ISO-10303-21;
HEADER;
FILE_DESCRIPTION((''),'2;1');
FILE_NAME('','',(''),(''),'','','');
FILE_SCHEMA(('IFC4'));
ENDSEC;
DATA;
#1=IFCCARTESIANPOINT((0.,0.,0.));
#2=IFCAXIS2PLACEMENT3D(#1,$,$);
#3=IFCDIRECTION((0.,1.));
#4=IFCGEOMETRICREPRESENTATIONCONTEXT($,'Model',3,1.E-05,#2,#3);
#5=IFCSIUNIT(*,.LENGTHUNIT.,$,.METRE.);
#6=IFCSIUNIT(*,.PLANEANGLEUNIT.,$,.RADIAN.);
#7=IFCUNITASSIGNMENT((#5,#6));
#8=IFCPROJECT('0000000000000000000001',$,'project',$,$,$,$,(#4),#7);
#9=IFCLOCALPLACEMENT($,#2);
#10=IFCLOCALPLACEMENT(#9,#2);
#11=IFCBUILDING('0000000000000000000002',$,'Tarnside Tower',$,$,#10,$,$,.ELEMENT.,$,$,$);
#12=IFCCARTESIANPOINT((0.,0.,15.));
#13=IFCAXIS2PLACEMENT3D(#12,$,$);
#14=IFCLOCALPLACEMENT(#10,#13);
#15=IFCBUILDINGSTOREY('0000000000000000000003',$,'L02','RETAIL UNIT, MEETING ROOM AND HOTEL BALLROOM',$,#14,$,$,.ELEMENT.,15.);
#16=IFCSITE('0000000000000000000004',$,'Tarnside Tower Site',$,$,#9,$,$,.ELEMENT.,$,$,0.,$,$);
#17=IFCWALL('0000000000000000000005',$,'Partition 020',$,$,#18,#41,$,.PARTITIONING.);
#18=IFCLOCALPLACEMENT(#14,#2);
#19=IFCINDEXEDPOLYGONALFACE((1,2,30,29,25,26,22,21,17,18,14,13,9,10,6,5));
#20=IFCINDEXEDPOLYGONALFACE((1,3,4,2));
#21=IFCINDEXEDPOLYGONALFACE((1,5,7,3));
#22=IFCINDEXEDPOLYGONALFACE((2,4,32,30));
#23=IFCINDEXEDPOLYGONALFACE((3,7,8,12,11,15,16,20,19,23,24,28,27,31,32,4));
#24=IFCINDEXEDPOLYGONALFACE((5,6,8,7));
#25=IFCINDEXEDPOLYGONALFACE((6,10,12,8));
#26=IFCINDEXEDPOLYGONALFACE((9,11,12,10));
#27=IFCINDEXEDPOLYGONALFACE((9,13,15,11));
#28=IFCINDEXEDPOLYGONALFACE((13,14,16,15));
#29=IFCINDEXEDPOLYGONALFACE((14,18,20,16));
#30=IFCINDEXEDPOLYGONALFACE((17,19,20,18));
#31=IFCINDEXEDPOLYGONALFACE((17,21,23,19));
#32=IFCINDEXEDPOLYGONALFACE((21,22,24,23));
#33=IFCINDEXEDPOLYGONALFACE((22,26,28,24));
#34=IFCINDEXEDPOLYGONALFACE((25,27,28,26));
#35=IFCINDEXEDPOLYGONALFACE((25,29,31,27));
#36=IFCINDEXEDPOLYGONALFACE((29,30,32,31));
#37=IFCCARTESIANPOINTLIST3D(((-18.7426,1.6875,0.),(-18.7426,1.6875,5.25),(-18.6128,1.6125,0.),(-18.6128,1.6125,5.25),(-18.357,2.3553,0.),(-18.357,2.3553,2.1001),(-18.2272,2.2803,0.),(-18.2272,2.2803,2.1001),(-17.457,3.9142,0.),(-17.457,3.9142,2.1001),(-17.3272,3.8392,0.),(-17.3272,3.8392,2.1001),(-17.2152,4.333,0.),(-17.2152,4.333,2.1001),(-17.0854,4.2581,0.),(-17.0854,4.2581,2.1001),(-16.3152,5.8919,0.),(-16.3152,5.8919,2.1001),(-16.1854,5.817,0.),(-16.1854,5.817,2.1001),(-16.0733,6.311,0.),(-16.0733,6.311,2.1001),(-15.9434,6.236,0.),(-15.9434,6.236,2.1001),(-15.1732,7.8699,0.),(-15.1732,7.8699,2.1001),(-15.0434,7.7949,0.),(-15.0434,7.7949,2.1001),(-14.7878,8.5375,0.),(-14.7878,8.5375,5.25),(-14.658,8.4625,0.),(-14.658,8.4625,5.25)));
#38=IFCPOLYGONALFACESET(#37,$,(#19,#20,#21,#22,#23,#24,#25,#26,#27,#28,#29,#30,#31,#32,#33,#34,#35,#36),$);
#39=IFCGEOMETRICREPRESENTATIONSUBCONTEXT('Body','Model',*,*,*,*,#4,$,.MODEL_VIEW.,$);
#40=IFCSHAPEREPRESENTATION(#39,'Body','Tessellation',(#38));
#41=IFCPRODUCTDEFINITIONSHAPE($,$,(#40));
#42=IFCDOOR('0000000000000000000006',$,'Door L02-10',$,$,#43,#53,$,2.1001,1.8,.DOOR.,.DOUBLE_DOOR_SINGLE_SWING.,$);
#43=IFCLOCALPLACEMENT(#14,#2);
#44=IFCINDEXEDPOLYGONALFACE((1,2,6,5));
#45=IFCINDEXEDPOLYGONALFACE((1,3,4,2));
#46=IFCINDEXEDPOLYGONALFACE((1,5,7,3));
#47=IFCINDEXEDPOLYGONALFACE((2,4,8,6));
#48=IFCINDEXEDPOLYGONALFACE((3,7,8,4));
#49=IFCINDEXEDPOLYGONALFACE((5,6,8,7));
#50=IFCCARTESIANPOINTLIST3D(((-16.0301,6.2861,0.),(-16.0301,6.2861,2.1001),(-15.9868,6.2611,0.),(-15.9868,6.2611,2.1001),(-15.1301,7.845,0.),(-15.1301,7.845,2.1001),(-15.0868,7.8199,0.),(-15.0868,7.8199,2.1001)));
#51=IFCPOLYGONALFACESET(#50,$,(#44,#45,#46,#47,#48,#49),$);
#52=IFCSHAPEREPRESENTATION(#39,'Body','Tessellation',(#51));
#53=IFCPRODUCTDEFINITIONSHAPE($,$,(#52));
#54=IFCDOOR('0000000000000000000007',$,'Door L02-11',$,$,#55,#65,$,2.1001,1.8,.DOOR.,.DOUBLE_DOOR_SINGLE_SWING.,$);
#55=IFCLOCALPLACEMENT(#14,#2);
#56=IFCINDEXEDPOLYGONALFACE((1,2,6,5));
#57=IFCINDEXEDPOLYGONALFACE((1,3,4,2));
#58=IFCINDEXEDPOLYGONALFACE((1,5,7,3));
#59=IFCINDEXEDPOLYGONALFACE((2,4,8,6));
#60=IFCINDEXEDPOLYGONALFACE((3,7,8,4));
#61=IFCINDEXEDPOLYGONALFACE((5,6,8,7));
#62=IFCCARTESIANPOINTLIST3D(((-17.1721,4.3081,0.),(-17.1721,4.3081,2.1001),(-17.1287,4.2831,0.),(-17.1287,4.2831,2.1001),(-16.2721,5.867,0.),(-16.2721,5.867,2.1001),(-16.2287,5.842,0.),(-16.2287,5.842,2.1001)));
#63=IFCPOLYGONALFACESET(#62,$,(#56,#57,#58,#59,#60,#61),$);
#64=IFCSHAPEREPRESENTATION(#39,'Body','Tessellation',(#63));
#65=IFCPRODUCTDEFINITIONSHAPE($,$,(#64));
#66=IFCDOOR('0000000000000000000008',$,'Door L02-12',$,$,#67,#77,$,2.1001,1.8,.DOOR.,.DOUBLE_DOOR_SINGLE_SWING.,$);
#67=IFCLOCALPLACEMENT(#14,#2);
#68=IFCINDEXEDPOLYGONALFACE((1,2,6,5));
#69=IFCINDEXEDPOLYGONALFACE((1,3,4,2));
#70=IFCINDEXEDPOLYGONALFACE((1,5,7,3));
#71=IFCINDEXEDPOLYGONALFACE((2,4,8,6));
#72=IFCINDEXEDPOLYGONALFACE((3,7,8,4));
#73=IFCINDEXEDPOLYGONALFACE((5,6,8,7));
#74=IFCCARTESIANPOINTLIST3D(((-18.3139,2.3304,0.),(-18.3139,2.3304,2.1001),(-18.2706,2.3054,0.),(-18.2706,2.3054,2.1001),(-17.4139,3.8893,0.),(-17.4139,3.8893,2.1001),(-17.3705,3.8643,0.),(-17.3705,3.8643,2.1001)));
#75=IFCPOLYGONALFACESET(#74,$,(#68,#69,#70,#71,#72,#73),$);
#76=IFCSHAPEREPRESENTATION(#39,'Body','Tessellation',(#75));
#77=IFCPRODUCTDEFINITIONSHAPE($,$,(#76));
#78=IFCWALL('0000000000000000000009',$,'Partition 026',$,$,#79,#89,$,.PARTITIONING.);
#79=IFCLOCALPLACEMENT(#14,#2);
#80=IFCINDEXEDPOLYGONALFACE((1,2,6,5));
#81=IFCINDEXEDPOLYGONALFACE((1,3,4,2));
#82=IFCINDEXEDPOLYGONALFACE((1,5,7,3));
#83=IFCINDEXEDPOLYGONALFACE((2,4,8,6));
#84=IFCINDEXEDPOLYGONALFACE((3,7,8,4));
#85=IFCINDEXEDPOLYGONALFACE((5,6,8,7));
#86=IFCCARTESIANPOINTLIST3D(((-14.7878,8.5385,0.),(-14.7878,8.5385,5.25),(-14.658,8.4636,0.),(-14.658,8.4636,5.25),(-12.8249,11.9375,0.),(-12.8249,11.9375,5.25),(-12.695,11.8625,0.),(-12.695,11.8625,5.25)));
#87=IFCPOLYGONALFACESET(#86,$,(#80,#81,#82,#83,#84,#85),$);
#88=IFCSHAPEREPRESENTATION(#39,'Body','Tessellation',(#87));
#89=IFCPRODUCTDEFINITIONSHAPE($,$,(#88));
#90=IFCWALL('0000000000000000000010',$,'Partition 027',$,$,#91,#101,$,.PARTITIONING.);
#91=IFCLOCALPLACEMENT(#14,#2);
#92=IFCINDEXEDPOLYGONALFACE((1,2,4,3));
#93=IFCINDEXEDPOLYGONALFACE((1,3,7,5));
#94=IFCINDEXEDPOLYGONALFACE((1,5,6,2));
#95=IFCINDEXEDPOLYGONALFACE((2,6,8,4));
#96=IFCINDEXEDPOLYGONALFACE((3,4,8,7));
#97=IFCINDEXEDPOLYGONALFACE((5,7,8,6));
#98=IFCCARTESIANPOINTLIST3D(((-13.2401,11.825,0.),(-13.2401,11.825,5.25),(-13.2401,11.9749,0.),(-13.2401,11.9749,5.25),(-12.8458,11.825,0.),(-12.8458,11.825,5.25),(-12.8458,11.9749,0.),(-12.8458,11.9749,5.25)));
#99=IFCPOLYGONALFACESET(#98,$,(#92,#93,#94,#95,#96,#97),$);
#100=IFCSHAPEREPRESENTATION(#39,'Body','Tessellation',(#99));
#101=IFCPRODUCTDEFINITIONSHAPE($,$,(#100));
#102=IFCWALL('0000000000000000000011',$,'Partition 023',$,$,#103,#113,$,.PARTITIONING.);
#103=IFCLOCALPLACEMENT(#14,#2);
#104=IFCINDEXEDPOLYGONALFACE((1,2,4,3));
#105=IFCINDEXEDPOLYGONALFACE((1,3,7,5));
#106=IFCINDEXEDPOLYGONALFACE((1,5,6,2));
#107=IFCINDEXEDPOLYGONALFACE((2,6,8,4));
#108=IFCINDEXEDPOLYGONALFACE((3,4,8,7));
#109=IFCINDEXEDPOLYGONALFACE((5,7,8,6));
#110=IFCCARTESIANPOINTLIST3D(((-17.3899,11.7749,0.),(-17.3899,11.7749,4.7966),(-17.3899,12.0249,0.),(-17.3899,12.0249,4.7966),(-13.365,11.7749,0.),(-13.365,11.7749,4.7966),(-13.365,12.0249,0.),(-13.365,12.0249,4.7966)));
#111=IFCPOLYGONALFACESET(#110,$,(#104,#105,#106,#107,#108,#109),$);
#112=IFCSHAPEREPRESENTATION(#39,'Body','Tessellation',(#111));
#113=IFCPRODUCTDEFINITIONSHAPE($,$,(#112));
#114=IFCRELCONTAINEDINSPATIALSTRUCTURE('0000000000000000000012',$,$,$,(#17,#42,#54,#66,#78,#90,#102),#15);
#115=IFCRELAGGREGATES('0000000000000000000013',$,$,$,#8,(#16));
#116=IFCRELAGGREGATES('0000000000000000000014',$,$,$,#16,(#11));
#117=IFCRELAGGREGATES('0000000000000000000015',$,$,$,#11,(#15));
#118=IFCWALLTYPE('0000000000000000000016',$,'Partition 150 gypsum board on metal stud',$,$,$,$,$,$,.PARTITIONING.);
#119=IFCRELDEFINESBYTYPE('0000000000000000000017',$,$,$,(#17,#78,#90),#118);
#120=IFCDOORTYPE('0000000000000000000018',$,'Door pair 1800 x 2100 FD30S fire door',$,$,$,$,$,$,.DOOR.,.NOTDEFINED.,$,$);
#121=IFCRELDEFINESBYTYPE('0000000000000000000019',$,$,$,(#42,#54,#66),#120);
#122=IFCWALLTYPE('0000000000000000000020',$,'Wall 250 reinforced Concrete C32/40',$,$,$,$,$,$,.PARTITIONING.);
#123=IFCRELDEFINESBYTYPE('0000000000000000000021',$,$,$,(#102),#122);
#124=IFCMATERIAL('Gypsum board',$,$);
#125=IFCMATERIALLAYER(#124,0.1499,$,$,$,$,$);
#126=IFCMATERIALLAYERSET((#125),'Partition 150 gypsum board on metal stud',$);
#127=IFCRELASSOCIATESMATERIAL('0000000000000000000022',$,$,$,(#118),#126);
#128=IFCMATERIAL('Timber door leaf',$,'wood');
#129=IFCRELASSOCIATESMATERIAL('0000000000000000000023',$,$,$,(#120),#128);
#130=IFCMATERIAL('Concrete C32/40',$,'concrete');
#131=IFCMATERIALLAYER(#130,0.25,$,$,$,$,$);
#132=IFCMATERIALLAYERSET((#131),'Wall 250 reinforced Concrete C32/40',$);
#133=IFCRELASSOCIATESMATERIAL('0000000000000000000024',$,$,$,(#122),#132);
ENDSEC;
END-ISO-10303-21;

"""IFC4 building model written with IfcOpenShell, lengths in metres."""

from ifc_helpers import new_model, si_unit, direction, frame, frame_2d, origin, place, context, subcontext, project, spatial, rectangle, extrude, material, layer, layer_set, type_object, element, fill, save


model = new_model("IFC4")

# Units and contexts
model_context = context("Model", 3, precision=1e-05, world=origin(), true_north=direction((0.0, 1.0)))
body_context = subcontext(model_context, "Body", "Model", "MODEL_VIEW")
ifc_project = project(units=[si_unit("LENGTHUNIT", "METRE"), si_unit("PLANEANGLEUNIT", "RADIAN")], contexts=[model_context])

# Site, building, storey
site_placement = place(None, origin())
site = spatial("IfcSite", under=ifc_project, at=site_placement, Name="Tarnside Tower Site", CompositionType="ELEMENT", RefElevation=0.0)
building_placement = place(site_placement, origin())
building = spatial("IfcBuilding", under=site, at=building_placement, Name="Tarnside Tower", CompositionType="ELEMENT")
storey_placement = place(building_placement, frame((0.0, 0.0, 15.0)))
storey = spatial("IfcBuildingStorey", under=building, at=storey_placement, Name="L02", Description="RETAIL UNIT, MEETING ROOM AND HOTEL BALLROOM", CompositionType="ELEMENT", Elevation=15.0)

# Wall, openings, doors
ifc_material_1 = material(Name="Gypsum board")
ifc_layer_1 = layer(ifc_material_1, 0.1499)
ifc_layer_set_1 = layer_set([ifc_layer_1], Name="Partition 150 gypsum board on metal stud")
wall_type_1 = type_object("IfcWallType", Name="Partition 150 gypsum board on metal stud", PredefinedType="PARTITIONING", material=ifc_layer_set_1)
wall_1_placement = place(storey_placement, frame((-14.7229, 8.5, 0.0), z_axis=(0.0, 0.0, 1.0), x_axis=(-0.499993, -0.866029, 0.0)))
wall_1 = element("IfcWall", 1, at=wall_1_placement, inside=storey, type_object=wall_type_1, Name="Partition 020", PredefinedType="PARTITIONING", context=body_context, shape_type="SweptSolid", body=[
    extrude(rectangle(XDim=7.9097, YDim=0.1499, at=frame_2d((3.9548, 0.0))), origin(), (0.0, 0.0, 1.0), 5.25),
])
opening_1_placement = place(wall_1_placement, frame((0.771, 0.0, 0.0)))
opening_1 = element("IfcOpeningElement", 2, at=opening_1_placement, cuts=wall_1, PredefinedType="OPENING", context=body_context, shape_type="SweptSolid", body=[
    extrude(rectangle(XDim=1.8, YDim=2.1001, at=frame_2d((0.8999, 1.05))), frame((0.0, 0.085, 0.0), z_axis=(0.0, -1.0, 0.0), x_axis=(1.0, 0.0, 0.0)), (0.0, 0.0, 1.0), 0.1699),
])
opening_2_placement = place(wall_1_placement, frame((3.0549, 0.0, 0.0)))
opening_2 = element("IfcOpeningElement", 3, at=opening_2_placement, cuts=wall_1, PredefinedType="OPENING", context=body_context, shape_type="SweptSolid", body=[
    extrude(rectangle(XDim=1.8, YDim=2.1001, at=frame_2d((0.8999, 1.05))), frame((0.0, 0.085, 0.0), z_axis=(0.0, -1.0, 0.0), x_axis=(1.0, 0.0, 0.0)), (0.0, 0.0, 1.0), 0.1699),
])
opening_3_placement = place(wall_1_placement, frame((5.3386, 0.0, 0.0)))
opening_3 = element("IfcOpeningElement", 4, at=opening_3_placement, cuts=wall_1, PredefinedType="OPENING", context=body_context, shape_type="SweptSolid", body=[
    extrude(rectangle(XDim=1.8, YDim=2.1001, at=frame_2d((0.8999, 1.05))), frame((0.0, 0.085, 0.0), z_axis=(0.0, -1.0, 0.0), x_axis=(1.0, 0.0, 0.0)), (0.0, 0.0, 1.0), 0.1699),
])
ifc_material_2 = material(Name="Timber door leaf", Category="wood")
door_type_1 = type_object("IfcDoorType", Name="Door pair 1800 x 2100 FD30S fire door", OperationType="NOTDEFINED", PredefinedType="DOOR", material=ifc_material_2)
door_1_placement = place(opening_1_placement, origin())
door_1 = element("IfcDoor", 5, at=door_1_placement, inside=storey, type_object=door_type_1, Name="Door L02-10", OperationType="DOUBLE_DOOR_SINGLE_SWING", OverallHeight=2.1001, OverallWidth=1.8, PredefinedType="DOOR", context=body_context, shape_type="SweptSolid", body=[
    extrude(rectangle(XDim=1.8, YDim=2.1001, at=frame_2d((0.8999, 1.05))), frame((0.0, 0.0249, 0.0), z_axis=(0.0, -1.0, 0.0), x_axis=(1.0, 0.0, 0.0)), (0.0, 0.0, 1.0), 0.05),
])
fill(opening_1, door_1)
door_2_placement = place(opening_2_placement, origin())
door_2 = element("IfcDoor", 6, at=door_2_placement, inside=storey, type_object=door_type_1, Name="Door L02-11", OperationType="DOUBLE_DOOR_SINGLE_SWING", OverallHeight=2.1001, OverallWidth=1.8, PredefinedType="DOOR", context=body_context, shape_type="SweptSolid", body=[
    extrude(rectangle(XDim=1.8, YDim=2.1001, at=frame_2d((0.8999, 1.05))), frame((0.0, 0.0249, 0.0), z_axis=(0.0, -1.0, 0.0), x_axis=(1.0, 0.0, 0.0)), (0.0, 0.0, 1.0), 0.05),
])
fill(opening_2, door_2)
door_3_placement = place(opening_3_placement, origin())
door_3 = element("IfcDoor", 7, at=door_3_placement, inside=storey, type_object=door_type_1, Name="Door L02-12", OperationType="DOUBLE_DOOR_SINGLE_SWING", OverallHeight=2.1001, OverallWidth=1.8, PredefinedType="DOOR", context=body_context, shape_type="SweptSolid", body=[
    extrude(rectangle(XDim=1.8, YDim=2.1001, at=frame_2d((0.8999, 1.05))), frame((0.0, 0.0249, 0.0), z_axis=(0.0, -1.0, 0.0), x_axis=(1.0, 0.0, 0.0)), (0.0, 0.0, 1.0), 0.05),
])
fill(opening_3, door_3)

# Walls
wall_2_placement = place(storey_placement, frame((-12.76, 11.8999, 0.0), z_axis=(0.0, 0.0, 1.0), x_axis=(-0.500099, -0.865968, 0.0)))
element("IfcWall", 8, at=wall_2_placement, inside=storey, type_object=wall_type_1, Name="Partition 026", PredefinedType="PARTITIONING", context=body_context, shape_type="SweptSolid", body=[
    extrude(rectangle(XDim=3.925, YDim=0.1499, at=frame_2d((1.9624, 0.0))), origin(), (0.0, 0.0, 1.0), 5.25),
])
wall_3_placement = place(storey_placement, frame((-12.8457, 11.8999, 0.0), z_axis=(0.0, 0.0, 1.0), x_axis=(-1.0, 0.0, 0.0)))
element("IfcWall", 9, at=wall_3_placement, inside=storey, type_object=wall_type_1, Name="Partition 027", PredefinedType="PARTITIONING", context=body_context, shape_type="SweptSolid", body=[
    extrude(rectangle(XDim=0.3943, YDim=0.1499, at=frame_2d((0.1973, 0.0))), origin(), (0.0, 0.0, 1.0), 5.25),
])
ifc_material_3 = material(Name="Concrete C32/40", Category="concrete")
ifc_layer_2 = layer(ifc_material_3, 0.25)
ifc_layer_set_2 = layer_set([ifc_layer_2], Name="Wall 250 reinforced Concrete C32/40")
wall_type_2 = type_object("IfcWallType", Name="Wall 250 reinforced Concrete C32/40", PredefinedType="PARTITIONING", material=ifc_layer_set_2)
wall_4_placement = place(storey_placement, frame((-13.365, 11.8999, 0.0), z_axis=(0.0, 0.0, 1.0), x_axis=(-1.0, 0.0, 0.0)))
element("IfcWall", 10, at=wall_4_placement, inside=storey, type_object=wall_type_2, Name="Partition 023", PredefinedType="PARTITIONING", context=body_context, shape_type="SweptSolid", body=[
    extrude(rectangle(XDim=4.0249, YDim=0.25, at=frame_2d((2.0125, 0.0))), origin(), (0.0, 0.0, 1.0), 4.7966),
])

save(model, "model.ifc")
